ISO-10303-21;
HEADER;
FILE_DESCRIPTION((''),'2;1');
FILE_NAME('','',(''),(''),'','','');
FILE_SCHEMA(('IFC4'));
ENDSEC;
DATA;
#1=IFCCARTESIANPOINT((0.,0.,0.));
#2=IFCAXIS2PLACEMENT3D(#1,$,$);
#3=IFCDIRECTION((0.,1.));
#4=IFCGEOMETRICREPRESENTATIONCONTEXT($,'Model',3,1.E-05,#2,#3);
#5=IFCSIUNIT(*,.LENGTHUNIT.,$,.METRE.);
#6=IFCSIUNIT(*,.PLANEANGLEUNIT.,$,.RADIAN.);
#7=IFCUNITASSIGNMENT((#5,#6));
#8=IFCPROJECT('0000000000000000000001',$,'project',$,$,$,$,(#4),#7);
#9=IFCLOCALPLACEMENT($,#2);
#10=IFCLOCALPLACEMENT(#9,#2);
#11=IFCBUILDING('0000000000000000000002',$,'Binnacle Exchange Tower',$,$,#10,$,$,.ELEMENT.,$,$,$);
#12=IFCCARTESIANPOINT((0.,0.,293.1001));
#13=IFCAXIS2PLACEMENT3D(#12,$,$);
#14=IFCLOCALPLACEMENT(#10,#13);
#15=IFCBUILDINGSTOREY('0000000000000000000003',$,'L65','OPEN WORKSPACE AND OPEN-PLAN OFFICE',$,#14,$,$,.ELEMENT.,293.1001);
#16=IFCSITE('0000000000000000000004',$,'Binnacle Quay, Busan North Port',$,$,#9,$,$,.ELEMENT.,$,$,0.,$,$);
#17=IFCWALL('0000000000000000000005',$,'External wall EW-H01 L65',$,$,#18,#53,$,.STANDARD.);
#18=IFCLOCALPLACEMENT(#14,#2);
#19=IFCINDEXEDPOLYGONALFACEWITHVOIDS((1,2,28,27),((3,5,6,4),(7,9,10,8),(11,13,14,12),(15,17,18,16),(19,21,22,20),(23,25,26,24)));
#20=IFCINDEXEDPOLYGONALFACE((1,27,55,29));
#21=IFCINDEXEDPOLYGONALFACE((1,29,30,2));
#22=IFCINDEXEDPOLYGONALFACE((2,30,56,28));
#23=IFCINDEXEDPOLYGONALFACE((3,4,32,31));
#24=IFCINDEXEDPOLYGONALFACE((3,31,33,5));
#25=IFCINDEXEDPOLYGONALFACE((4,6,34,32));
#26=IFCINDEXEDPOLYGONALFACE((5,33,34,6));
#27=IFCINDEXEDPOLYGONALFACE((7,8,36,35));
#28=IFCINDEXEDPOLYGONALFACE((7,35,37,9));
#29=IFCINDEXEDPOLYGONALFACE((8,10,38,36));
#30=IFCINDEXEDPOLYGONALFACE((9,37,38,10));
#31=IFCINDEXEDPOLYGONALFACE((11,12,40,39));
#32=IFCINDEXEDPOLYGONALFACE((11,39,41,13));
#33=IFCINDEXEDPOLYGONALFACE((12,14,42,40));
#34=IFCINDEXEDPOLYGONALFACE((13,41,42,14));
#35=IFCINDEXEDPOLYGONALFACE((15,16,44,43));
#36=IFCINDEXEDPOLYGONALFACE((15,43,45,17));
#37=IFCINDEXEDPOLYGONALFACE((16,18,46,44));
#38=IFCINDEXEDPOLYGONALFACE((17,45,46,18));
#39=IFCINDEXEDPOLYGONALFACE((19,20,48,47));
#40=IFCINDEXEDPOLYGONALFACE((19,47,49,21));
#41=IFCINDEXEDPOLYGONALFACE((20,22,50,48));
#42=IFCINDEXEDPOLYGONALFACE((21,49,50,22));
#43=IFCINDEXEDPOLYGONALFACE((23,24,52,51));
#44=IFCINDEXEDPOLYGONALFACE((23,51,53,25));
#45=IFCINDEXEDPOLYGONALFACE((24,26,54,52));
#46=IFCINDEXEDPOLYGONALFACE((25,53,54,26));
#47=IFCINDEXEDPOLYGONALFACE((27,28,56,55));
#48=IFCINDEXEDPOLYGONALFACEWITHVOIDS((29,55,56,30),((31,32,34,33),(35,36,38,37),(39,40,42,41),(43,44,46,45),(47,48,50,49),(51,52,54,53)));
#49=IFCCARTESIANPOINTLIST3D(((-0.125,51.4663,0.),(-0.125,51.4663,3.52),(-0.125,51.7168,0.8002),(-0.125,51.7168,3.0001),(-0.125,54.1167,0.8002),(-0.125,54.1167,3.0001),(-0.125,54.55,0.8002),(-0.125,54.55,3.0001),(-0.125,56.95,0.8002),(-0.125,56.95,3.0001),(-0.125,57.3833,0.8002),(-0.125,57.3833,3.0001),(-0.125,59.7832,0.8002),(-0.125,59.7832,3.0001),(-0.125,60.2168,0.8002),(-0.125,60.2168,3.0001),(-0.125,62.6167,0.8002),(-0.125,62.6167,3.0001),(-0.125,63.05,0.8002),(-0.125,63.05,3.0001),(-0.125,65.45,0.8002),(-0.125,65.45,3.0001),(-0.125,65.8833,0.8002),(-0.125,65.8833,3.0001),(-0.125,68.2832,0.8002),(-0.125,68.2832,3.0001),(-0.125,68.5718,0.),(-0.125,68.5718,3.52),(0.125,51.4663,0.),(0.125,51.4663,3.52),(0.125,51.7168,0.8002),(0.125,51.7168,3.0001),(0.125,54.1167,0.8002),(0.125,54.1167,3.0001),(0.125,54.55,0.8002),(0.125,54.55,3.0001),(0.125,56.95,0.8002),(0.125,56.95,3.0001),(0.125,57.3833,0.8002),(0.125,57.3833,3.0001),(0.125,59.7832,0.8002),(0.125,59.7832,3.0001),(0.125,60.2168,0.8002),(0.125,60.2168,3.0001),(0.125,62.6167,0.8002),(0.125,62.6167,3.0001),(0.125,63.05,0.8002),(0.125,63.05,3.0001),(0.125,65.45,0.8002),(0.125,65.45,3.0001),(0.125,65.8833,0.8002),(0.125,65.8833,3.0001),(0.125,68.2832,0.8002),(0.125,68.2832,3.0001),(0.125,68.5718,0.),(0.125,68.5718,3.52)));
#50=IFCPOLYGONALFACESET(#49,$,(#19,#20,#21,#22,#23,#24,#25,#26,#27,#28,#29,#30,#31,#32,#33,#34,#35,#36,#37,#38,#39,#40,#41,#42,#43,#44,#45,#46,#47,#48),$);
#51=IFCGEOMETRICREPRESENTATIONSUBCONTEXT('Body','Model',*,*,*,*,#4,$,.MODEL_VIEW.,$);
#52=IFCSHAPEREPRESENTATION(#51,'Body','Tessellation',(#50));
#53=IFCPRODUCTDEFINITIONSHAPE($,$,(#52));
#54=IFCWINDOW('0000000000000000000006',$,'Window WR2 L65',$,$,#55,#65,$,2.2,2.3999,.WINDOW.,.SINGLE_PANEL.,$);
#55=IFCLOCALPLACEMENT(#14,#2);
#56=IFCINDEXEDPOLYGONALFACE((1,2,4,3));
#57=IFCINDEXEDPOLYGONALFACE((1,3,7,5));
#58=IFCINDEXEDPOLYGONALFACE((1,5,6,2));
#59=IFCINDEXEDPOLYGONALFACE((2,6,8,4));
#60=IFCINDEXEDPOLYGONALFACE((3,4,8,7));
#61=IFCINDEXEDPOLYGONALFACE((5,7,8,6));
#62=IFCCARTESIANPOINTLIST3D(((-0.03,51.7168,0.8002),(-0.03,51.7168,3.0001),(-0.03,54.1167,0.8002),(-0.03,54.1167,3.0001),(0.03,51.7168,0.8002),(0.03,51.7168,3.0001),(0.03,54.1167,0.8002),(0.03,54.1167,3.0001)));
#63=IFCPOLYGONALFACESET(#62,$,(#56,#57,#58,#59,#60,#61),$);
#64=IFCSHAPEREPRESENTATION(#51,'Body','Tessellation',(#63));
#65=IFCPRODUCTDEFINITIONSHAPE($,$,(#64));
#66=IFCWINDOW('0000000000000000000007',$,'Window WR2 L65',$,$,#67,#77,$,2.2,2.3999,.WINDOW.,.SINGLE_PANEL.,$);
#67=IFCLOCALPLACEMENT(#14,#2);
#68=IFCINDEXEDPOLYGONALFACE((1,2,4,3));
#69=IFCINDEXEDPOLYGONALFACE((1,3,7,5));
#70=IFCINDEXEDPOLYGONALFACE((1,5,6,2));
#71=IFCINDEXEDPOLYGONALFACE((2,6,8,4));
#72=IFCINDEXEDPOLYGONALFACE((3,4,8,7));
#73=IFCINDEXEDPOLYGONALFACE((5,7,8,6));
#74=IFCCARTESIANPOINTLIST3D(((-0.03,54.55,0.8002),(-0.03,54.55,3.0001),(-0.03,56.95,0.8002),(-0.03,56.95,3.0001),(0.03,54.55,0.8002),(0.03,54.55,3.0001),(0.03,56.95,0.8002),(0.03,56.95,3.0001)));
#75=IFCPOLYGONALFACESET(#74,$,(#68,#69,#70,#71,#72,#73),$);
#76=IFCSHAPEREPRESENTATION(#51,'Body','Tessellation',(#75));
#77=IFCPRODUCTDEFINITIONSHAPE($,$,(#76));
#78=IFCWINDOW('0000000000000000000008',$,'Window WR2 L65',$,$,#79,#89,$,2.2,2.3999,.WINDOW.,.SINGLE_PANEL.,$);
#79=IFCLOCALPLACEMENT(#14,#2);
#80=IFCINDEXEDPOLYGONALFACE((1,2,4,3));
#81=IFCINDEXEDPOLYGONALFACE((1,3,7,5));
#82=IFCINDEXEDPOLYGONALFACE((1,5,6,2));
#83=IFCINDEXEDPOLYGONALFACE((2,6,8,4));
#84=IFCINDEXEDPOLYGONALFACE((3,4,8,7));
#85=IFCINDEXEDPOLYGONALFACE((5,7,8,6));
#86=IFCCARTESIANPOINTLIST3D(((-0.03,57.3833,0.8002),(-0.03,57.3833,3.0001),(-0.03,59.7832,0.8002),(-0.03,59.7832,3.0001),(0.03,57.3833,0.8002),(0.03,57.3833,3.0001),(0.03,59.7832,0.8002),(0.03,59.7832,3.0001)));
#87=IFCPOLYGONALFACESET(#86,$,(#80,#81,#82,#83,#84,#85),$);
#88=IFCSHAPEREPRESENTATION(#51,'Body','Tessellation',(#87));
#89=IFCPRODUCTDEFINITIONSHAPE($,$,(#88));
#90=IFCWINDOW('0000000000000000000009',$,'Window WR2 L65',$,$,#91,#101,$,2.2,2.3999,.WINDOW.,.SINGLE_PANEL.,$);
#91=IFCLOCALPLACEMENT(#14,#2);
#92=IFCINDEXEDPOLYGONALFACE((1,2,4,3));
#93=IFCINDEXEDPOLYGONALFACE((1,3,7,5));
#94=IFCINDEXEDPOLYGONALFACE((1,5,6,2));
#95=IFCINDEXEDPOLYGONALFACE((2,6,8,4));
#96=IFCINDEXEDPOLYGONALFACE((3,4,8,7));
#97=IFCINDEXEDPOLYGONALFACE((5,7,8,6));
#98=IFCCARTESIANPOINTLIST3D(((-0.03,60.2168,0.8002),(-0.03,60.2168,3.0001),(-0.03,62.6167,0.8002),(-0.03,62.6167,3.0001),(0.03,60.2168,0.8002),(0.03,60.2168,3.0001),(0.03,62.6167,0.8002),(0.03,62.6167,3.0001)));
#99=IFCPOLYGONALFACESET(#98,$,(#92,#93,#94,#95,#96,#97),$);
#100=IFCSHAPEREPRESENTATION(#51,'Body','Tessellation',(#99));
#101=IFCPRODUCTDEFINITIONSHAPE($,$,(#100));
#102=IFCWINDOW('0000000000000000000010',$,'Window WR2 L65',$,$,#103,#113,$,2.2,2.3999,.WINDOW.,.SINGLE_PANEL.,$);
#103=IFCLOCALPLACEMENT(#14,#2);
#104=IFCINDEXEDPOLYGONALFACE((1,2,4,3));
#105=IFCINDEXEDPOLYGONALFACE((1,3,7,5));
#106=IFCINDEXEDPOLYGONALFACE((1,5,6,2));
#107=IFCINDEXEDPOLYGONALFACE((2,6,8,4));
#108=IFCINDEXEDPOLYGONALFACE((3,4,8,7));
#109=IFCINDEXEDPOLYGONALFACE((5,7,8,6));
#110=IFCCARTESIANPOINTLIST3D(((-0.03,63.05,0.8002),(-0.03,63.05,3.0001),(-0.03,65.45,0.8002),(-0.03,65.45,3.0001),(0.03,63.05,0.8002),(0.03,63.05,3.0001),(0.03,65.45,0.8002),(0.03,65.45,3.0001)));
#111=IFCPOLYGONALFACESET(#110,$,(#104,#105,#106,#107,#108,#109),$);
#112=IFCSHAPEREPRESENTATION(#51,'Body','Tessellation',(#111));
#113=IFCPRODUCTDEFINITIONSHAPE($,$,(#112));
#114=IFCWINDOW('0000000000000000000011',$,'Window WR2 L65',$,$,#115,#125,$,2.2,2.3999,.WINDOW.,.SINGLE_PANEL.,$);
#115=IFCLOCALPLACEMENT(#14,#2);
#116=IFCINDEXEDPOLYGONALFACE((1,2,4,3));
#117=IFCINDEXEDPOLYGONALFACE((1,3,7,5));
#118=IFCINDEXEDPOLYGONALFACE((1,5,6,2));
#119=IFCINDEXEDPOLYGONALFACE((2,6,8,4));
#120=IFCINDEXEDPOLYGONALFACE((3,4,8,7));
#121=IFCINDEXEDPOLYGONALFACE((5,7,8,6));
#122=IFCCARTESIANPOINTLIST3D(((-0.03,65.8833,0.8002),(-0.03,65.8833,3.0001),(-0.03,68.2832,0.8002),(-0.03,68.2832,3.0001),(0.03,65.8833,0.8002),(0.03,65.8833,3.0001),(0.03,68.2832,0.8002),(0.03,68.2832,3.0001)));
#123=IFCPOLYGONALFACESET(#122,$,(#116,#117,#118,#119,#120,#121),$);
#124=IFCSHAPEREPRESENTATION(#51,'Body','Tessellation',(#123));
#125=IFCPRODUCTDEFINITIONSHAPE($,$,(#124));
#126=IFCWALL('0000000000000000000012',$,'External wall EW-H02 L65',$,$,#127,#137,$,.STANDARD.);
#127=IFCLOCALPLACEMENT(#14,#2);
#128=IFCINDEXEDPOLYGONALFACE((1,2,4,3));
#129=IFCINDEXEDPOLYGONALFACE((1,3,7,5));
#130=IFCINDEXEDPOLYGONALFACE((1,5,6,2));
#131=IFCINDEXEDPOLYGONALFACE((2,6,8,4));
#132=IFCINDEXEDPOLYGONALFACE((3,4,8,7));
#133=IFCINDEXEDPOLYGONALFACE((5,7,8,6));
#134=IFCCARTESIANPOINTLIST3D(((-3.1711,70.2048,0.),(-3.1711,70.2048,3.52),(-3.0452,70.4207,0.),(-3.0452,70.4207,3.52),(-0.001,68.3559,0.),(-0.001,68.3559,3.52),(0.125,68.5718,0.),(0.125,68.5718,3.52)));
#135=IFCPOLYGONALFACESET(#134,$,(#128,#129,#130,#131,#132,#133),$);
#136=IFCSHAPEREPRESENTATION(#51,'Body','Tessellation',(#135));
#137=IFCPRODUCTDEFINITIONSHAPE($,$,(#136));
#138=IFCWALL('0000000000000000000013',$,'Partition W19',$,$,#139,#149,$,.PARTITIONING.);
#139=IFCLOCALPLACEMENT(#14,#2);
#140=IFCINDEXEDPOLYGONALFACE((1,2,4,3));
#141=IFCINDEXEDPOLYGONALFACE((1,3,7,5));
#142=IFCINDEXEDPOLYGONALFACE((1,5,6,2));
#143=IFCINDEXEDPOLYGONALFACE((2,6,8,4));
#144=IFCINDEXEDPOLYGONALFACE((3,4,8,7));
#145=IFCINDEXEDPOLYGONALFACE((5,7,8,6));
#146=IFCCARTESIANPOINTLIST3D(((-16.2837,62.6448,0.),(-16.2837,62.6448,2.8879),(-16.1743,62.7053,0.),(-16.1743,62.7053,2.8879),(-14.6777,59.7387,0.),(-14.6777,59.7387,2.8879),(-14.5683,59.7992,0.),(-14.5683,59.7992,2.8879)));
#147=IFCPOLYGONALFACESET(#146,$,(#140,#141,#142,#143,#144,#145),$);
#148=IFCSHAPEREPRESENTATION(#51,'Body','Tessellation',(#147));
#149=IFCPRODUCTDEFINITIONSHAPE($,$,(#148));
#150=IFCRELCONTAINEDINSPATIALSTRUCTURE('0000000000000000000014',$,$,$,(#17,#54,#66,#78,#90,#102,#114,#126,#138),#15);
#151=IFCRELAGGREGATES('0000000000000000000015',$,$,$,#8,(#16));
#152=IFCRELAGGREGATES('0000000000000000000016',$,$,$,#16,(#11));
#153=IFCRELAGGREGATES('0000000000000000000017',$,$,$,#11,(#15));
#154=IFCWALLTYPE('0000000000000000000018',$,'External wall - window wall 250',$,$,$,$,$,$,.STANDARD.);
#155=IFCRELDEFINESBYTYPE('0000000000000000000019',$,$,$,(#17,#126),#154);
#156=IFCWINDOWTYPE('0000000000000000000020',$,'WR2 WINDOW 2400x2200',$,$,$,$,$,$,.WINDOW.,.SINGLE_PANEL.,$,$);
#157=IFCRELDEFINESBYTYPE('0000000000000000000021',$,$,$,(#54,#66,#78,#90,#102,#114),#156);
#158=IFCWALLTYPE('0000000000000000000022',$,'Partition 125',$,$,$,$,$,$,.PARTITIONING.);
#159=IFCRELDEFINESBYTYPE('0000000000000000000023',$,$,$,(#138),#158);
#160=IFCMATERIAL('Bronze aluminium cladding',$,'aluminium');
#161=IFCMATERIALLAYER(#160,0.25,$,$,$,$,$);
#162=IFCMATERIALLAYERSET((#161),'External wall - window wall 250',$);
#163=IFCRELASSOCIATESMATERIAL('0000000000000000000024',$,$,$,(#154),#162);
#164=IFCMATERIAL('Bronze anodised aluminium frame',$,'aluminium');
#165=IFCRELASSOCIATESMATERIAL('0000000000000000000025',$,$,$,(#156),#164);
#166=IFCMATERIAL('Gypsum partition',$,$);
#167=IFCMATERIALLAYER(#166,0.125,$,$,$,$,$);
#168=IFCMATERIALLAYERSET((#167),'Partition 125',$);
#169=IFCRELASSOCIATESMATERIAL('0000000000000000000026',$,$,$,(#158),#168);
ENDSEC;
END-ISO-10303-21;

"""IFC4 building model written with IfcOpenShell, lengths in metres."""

from ifc_helpers import new_model, si_unit, direction, frame, frame_2d, origin, place, context, subcontext, project, spatial, rectangle, extrude, material, layer, layer_set, type_object, element, fill, save


model = new_model("IFC4")

# Units and contexts
model_context = context("Model", 3, precision=1e-05, world=origin(), true_north=direction((0.0, 1.0)))
body_context = subcontext(model_context, "Body", "Model", "MODEL_VIEW")
ifc_project = project(units=[si_unit("LENGTHUNIT", "METRE"), si_unit("PLANEANGLEUNIT", "RADIAN")], contexts=[model_context])

# Site, building, storey
site_placement = place(None, origin())
site = spatial("IfcSite", under=ifc_project, at=site_placement, Name="Binnacle Quay, Busan North Port", CompositionType="ELEMENT", RefElevation=0.0)
building_placement = place(site_placement, origin())
building = spatial("IfcBuilding", under=site, at=building_placement, Name="Binnacle Exchange Tower", CompositionType="ELEMENT")
storey_placement = place(building_placement, frame((0.0, 0.0, 293.1001)))
storey = spatial("IfcBuildingStorey", under=building, at=storey_placement, Name="L65", Description="OPEN WORKSPACE AND OPEN-PLAN OFFICE", CompositionType="ELEMENT", Elevation=293.1001)

# Shared definitions
ifc_material_1 = material(Name="Bronze aluminium cladding", Category="aluminium")
ifc_layer_1 = layer(ifc_material_1, 0.25)
ifc_layer_set_1 = layer_set([ifc_layer_1], Name="External wall - window wall 250")
wall_type_1 = type_object("IfcWallType", Name="External wall - window wall 250", PredefinedType="STANDARD", material=ifc_layer_set_1)

# Wall, openings, windows
wall_1_placement = place(storey_placement, frame((0.0, 68.5718, 0.0), z_axis=(0.0, 0.0, 1.0), x_axis=(0.0, -1.0, 0.0)))
wall_1 = element("IfcWall", 1, at=wall_1_placement, inside=storey, type_object=wall_type_1, Name="External wall EW-H01 L65", PredefinedType="STANDARD", context=body_context, shape_type="SweptSolid", body=[
    extrude(rectangle(XDim=17.1055, YDim=0.25, at=frame_2d((8.5527, 0.0))), origin(), (0.0, 0.0, 1.0), 3.52),
])
opening_1_placement = place(wall_1_placement, frame((14.4551, 0.0, 0.8)))
opening_1 = element("IfcOpeningElement", 2, at=opening_1_placement, cuts=wall_1, PredefinedType="OPENING", context=body_context, shape_type="SweptSolid", body=[
    extrude(rectangle(XDim=2.3999, YDim=2.2, at=frame_2d((1.2, 1.1001))), frame((0.0, 0.135, 0.0), z_axis=(0.0, -1.0, 0.0), x_axis=(1.0, 0.0, 0.0)), (0.0, 0.0, 1.0), 0.27),
])
opening_2_placement = place(wall_1_placement, frame((11.6218, 0.0, 0.8)))
opening_2 = element("IfcOpeningElement", 3, at=opening_2_placement, cuts=wall_1, PredefinedType="OPENING", context=body_context, shape_type="SweptSolid", body=[
    extrude(rectangle(XDim=2.3999, YDim=2.2, at=frame_2d((1.2, 1.1001))), frame((0.0, 0.135, 0.0), z_axis=(0.0, -1.0, 0.0), x_axis=(1.0, 0.0, 0.0)), (0.0, 0.0, 1.0), 0.27),
])
opening_3_placement = place(wall_1_placement, frame((8.7886, 0.0, 0.8)))
opening_3 = element("IfcOpeningElement", 4, at=opening_3_placement, cuts=wall_1, PredefinedType="OPENING", context=body_context, shape_type="SweptSolid", body=[
    extrude(rectangle(XDim=2.3999, YDim=2.2, at=frame_2d((1.2, 1.1001))), frame((0.0, 0.135, 0.0), z_axis=(0.0, -1.0, 0.0), x_axis=(1.0, 0.0, 0.0)), (0.0, 0.0, 1.0), 0.27),
])
opening_4_placement = place(wall_1_placement, frame((5.9551, 0.0, 0.8)))
opening_4 = element("IfcOpeningElement", 5, at=opening_4_placement, cuts=wall_1, PredefinedType="OPENING", context=body_context, shape_type="SweptSolid", body=[
    extrude(rectangle(XDim=2.3999, YDim=2.2, at=frame_2d((1.2, 1.1001))), frame((0.0, 0.135, 0.0), z_axis=(0.0, -1.0, 0.0), x_axis=(1.0, 0.0, 0.0)), (0.0, 0.0, 1.0), 0.27),
])
opening_5_placement = place(wall_1_placement, frame((3.1218, 0.0, 0.8)))
opening_5 = element("IfcOpeningElement", 6, at=opening_5_placement, cuts=wall_1, PredefinedType="OPENING", context=body_context, shape_type="SweptSolid", body=[
    extrude(rectangle(XDim=2.3999, YDim=2.2, at=frame_2d((1.2, 1.1001))), frame((0.0, 0.135, 0.0), z_axis=(0.0, -1.0, 0.0), x_axis=(1.0, 0.0, 0.0)), (0.0, 0.0, 1.0), 0.27),
])
opening_6_placement = place(wall_1_placement, frame((0.2886, 0.0, 0.8)))
opening_6 = element("IfcOpeningElement", 7, at=opening_6_placement, cuts=wall_1, PredefinedType="OPENING", context=body_context, shape_type="SweptSolid", body=[
    extrude(rectangle(XDim=2.3999, YDim=2.2, at=frame_2d((1.2, 1.1001))), frame((0.0, 0.135, 0.0), z_axis=(0.0, -1.0, 0.0), x_axis=(1.0, 0.0, 0.0)), (0.0, 0.0, 1.0), 0.27),
])
ifc_material_2 = material(Name="Bronze anodised aluminium frame", Category="aluminium")
window_type = type_object("IfcWindowType", Name="WR2 WINDOW 2400x2200", PartitioningType="SINGLE_PANEL", PredefinedType="WINDOW", material=ifc_material_2)
window_1_placement = place(opening_1_placement, origin())
window_1 = element("IfcWindow", 8, at=window_1_placement, inside=storey, type_object=window_type, Name="Window WR2 L65", OverallHeight=2.2, OverallWidth=2.3999, PartitioningType="SINGLE_PANEL", PredefinedType="WINDOW", context=body_context, shape_type="SweptSolid", body=[
    extrude(rectangle(XDim=2.3999, YDim=2.2, at=frame_2d((1.2, 1.1001))), frame((0.0, 0.03, 0.0), z_axis=(0.0, -1.0, 0.0), x_axis=(1.0, 0.0, 0.0)), (0.0, 0.0, 1.0), 0.0601),
])
fill(opening_1, window_1)
window_2_placement = place(opening_2_placement, origin())
window_2 = element("IfcWindow", 9, at=window_2_placement, inside=storey, type_object=window_type, Name="Window WR2 L65", OverallHeight=2.2, OverallWidth=2.3999, PartitioningType="SINGLE_PANEL", PredefinedType="WINDOW", context=body_context, shape_type="SweptSolid", body=[
    extrude(rectangle(XDim=2.3999, YDim=2.2, at=frame_2d((1.2, 1.1001))), frame((0.0, 0.03, 0.0), z_axis=(0.0, -1.0, 0.0), x_axis=(1.0, 0.0, 0.0)), (0.0, 0.0, 1.0), 0.0601),
])
fill(opening_2, window_2)
window_3_placement = place(opening_3_placement, origin())
window_3 = element("IfcWindow", 10, at=window_3_placement, inside=storey, type_object=window_type, Name="Window WR2 L65", OverallHeight=2.2, OverallWidth=2.3999, PartitioningType="SINGLE_PANEL", PredefinedType="WINDOW", context=body_context, shape_type="SweptSolid", body=[
    extrude(rectangle(XDim=2.3999, YDim=2.2, at=frame_2d((1.2, 1.1001))), frame((0.0, 0.03, 0.0), z_axis=(0.0, -1.0, 0.0), x_axis=(1.0, 0.0, 0.0)), (0.0, 0.0, 1.0), 0.0601),
])
fill(opening_3, window_3)
window_4_placement = place(opening_4_placement, origin())
window_4 = element("IfcWindow", 11, at=window_4_placement, inside=storey, type_object=window_type, Name="Window WR2 L65", OverallHeight=2.2, OverallWidth=2.3999, PartitioningType="SINGLE_PANEL", PredefinedType="WINDOW", context=body_context, shape_type="SweptSolid", body=[
    extrude(rectangle(XDim=2.3999, YDim=2.2, at=frame_2d((1.2, 1.1001))), frame((0.0, 0.03, 0.0), z_axis=(0.0, -1.0, 0.0), x_axis=(1.0, 0.0, 0.0)), (0.0, 0.0, 1.0), 0.0601),
])
fill(opening_4, window_4)
window_5_placement = place(opening_5_placement, origin())
window_5 = element("IfcWindow", 12, at=window_5_placement, inside=storey, type_object=window_type, Name="Window WR2 L65", OverallHeight=2.2, OverallWidth=2.3999, PartitioningType="SINGLE_PANEL", PredefinedType="WINDOW", context=body_context, shape_type="SweptSolid", body=[
    extrude(rectangle(XDim=2.3999, YDim=2.2, at=frame_2d((1.2, 1.1001))), frame((0.0, 0.03, 0.0), z_axis=(0.0, -1.0, 0.0), x_axis=(1.0, 0.0, 0.0)), (0.0, 0.0, 1.0), 0.0601),
])
fill(opening_5, window_5)
window_6_placement = place(opening_6_placement, origin())
window_6 = element("IfcWindow", 13, at=window_6_placement, inside=storey, type_object=window_type, Name="Window WR2 L65", OverallHeight=2.2, OverallWidth=2.3999, PartitioningType="SINGLE_PANEL", PredefinedType="WINDOW", context=body_context, shape_type="SweptSolid", body=[
    extrude(rectangle(XDim=2.3999, YDim=2.2, at=frame_2d((1.2, 1.1001))), frame((0.0, 0.03, 0.0), z_axis=(0.0, -1.0, 0.0), x_axis=(1.0, 0.0, 0.0)), (0.0, 0.0, 1.0), 0.0601),
])
fill(opening_6, window_6)

# Walls
wall_2_placement = place(storey_placement, frame((-3.1082, 70.3127, 0.0), z_axis=(0.0, 0.0, 1.0), x_axis=(0.863825, -0.503792, 0.0)))
element("IfcWall", 14, at=wall_2_placement, inside=storey, type_object=wall_type_1, Name="External wall EW-H02 L65", PredefinedType="STANDARD", context=body_context, shape_type="SweptSolid", body=[
    extrude(rectangle(XDim=3.6699, YDim=0.25, at=frame_2d((1.835, 0.0))), origin(), (0.0, 0.0, 1.0), 3.52),
])
ifc_material_3 = material(Name="Gypsum partition")
ifc_layer_2 = layer(ifc_material_3, 0.125)
ifc_layer_set_2 = layer_set([ifc_layer_2], Name="Partition 125")
wall_type_2 = type_object("IfcWallType", Name="Partition 125", PredefinedType="PARTITIONING", material=ifc_layer_set_2)
wall_3_placement = place(storey_placement, frame((-16.229, 62.675, 0.0), z_axis=(0.0, 0.0, 1.0), x_axis=(0.483688, -0.875241, 0.0)))
element("IfcWall", 15, at=wall_3_placement, inside=storey, type_object=wall_type_2, Name="Partition W19", PredefinedType="PARTITIONING", context=body_context, shape_type="SweptSolid", body=[
    extrude(rectangle(XDim=3.3203, YDim=0.125, at=frame_2d((1.6602, 0.0))), origin(), (0.0, 0.0, 1.0), 2.8879),
])

save(model, "model.ifc")
